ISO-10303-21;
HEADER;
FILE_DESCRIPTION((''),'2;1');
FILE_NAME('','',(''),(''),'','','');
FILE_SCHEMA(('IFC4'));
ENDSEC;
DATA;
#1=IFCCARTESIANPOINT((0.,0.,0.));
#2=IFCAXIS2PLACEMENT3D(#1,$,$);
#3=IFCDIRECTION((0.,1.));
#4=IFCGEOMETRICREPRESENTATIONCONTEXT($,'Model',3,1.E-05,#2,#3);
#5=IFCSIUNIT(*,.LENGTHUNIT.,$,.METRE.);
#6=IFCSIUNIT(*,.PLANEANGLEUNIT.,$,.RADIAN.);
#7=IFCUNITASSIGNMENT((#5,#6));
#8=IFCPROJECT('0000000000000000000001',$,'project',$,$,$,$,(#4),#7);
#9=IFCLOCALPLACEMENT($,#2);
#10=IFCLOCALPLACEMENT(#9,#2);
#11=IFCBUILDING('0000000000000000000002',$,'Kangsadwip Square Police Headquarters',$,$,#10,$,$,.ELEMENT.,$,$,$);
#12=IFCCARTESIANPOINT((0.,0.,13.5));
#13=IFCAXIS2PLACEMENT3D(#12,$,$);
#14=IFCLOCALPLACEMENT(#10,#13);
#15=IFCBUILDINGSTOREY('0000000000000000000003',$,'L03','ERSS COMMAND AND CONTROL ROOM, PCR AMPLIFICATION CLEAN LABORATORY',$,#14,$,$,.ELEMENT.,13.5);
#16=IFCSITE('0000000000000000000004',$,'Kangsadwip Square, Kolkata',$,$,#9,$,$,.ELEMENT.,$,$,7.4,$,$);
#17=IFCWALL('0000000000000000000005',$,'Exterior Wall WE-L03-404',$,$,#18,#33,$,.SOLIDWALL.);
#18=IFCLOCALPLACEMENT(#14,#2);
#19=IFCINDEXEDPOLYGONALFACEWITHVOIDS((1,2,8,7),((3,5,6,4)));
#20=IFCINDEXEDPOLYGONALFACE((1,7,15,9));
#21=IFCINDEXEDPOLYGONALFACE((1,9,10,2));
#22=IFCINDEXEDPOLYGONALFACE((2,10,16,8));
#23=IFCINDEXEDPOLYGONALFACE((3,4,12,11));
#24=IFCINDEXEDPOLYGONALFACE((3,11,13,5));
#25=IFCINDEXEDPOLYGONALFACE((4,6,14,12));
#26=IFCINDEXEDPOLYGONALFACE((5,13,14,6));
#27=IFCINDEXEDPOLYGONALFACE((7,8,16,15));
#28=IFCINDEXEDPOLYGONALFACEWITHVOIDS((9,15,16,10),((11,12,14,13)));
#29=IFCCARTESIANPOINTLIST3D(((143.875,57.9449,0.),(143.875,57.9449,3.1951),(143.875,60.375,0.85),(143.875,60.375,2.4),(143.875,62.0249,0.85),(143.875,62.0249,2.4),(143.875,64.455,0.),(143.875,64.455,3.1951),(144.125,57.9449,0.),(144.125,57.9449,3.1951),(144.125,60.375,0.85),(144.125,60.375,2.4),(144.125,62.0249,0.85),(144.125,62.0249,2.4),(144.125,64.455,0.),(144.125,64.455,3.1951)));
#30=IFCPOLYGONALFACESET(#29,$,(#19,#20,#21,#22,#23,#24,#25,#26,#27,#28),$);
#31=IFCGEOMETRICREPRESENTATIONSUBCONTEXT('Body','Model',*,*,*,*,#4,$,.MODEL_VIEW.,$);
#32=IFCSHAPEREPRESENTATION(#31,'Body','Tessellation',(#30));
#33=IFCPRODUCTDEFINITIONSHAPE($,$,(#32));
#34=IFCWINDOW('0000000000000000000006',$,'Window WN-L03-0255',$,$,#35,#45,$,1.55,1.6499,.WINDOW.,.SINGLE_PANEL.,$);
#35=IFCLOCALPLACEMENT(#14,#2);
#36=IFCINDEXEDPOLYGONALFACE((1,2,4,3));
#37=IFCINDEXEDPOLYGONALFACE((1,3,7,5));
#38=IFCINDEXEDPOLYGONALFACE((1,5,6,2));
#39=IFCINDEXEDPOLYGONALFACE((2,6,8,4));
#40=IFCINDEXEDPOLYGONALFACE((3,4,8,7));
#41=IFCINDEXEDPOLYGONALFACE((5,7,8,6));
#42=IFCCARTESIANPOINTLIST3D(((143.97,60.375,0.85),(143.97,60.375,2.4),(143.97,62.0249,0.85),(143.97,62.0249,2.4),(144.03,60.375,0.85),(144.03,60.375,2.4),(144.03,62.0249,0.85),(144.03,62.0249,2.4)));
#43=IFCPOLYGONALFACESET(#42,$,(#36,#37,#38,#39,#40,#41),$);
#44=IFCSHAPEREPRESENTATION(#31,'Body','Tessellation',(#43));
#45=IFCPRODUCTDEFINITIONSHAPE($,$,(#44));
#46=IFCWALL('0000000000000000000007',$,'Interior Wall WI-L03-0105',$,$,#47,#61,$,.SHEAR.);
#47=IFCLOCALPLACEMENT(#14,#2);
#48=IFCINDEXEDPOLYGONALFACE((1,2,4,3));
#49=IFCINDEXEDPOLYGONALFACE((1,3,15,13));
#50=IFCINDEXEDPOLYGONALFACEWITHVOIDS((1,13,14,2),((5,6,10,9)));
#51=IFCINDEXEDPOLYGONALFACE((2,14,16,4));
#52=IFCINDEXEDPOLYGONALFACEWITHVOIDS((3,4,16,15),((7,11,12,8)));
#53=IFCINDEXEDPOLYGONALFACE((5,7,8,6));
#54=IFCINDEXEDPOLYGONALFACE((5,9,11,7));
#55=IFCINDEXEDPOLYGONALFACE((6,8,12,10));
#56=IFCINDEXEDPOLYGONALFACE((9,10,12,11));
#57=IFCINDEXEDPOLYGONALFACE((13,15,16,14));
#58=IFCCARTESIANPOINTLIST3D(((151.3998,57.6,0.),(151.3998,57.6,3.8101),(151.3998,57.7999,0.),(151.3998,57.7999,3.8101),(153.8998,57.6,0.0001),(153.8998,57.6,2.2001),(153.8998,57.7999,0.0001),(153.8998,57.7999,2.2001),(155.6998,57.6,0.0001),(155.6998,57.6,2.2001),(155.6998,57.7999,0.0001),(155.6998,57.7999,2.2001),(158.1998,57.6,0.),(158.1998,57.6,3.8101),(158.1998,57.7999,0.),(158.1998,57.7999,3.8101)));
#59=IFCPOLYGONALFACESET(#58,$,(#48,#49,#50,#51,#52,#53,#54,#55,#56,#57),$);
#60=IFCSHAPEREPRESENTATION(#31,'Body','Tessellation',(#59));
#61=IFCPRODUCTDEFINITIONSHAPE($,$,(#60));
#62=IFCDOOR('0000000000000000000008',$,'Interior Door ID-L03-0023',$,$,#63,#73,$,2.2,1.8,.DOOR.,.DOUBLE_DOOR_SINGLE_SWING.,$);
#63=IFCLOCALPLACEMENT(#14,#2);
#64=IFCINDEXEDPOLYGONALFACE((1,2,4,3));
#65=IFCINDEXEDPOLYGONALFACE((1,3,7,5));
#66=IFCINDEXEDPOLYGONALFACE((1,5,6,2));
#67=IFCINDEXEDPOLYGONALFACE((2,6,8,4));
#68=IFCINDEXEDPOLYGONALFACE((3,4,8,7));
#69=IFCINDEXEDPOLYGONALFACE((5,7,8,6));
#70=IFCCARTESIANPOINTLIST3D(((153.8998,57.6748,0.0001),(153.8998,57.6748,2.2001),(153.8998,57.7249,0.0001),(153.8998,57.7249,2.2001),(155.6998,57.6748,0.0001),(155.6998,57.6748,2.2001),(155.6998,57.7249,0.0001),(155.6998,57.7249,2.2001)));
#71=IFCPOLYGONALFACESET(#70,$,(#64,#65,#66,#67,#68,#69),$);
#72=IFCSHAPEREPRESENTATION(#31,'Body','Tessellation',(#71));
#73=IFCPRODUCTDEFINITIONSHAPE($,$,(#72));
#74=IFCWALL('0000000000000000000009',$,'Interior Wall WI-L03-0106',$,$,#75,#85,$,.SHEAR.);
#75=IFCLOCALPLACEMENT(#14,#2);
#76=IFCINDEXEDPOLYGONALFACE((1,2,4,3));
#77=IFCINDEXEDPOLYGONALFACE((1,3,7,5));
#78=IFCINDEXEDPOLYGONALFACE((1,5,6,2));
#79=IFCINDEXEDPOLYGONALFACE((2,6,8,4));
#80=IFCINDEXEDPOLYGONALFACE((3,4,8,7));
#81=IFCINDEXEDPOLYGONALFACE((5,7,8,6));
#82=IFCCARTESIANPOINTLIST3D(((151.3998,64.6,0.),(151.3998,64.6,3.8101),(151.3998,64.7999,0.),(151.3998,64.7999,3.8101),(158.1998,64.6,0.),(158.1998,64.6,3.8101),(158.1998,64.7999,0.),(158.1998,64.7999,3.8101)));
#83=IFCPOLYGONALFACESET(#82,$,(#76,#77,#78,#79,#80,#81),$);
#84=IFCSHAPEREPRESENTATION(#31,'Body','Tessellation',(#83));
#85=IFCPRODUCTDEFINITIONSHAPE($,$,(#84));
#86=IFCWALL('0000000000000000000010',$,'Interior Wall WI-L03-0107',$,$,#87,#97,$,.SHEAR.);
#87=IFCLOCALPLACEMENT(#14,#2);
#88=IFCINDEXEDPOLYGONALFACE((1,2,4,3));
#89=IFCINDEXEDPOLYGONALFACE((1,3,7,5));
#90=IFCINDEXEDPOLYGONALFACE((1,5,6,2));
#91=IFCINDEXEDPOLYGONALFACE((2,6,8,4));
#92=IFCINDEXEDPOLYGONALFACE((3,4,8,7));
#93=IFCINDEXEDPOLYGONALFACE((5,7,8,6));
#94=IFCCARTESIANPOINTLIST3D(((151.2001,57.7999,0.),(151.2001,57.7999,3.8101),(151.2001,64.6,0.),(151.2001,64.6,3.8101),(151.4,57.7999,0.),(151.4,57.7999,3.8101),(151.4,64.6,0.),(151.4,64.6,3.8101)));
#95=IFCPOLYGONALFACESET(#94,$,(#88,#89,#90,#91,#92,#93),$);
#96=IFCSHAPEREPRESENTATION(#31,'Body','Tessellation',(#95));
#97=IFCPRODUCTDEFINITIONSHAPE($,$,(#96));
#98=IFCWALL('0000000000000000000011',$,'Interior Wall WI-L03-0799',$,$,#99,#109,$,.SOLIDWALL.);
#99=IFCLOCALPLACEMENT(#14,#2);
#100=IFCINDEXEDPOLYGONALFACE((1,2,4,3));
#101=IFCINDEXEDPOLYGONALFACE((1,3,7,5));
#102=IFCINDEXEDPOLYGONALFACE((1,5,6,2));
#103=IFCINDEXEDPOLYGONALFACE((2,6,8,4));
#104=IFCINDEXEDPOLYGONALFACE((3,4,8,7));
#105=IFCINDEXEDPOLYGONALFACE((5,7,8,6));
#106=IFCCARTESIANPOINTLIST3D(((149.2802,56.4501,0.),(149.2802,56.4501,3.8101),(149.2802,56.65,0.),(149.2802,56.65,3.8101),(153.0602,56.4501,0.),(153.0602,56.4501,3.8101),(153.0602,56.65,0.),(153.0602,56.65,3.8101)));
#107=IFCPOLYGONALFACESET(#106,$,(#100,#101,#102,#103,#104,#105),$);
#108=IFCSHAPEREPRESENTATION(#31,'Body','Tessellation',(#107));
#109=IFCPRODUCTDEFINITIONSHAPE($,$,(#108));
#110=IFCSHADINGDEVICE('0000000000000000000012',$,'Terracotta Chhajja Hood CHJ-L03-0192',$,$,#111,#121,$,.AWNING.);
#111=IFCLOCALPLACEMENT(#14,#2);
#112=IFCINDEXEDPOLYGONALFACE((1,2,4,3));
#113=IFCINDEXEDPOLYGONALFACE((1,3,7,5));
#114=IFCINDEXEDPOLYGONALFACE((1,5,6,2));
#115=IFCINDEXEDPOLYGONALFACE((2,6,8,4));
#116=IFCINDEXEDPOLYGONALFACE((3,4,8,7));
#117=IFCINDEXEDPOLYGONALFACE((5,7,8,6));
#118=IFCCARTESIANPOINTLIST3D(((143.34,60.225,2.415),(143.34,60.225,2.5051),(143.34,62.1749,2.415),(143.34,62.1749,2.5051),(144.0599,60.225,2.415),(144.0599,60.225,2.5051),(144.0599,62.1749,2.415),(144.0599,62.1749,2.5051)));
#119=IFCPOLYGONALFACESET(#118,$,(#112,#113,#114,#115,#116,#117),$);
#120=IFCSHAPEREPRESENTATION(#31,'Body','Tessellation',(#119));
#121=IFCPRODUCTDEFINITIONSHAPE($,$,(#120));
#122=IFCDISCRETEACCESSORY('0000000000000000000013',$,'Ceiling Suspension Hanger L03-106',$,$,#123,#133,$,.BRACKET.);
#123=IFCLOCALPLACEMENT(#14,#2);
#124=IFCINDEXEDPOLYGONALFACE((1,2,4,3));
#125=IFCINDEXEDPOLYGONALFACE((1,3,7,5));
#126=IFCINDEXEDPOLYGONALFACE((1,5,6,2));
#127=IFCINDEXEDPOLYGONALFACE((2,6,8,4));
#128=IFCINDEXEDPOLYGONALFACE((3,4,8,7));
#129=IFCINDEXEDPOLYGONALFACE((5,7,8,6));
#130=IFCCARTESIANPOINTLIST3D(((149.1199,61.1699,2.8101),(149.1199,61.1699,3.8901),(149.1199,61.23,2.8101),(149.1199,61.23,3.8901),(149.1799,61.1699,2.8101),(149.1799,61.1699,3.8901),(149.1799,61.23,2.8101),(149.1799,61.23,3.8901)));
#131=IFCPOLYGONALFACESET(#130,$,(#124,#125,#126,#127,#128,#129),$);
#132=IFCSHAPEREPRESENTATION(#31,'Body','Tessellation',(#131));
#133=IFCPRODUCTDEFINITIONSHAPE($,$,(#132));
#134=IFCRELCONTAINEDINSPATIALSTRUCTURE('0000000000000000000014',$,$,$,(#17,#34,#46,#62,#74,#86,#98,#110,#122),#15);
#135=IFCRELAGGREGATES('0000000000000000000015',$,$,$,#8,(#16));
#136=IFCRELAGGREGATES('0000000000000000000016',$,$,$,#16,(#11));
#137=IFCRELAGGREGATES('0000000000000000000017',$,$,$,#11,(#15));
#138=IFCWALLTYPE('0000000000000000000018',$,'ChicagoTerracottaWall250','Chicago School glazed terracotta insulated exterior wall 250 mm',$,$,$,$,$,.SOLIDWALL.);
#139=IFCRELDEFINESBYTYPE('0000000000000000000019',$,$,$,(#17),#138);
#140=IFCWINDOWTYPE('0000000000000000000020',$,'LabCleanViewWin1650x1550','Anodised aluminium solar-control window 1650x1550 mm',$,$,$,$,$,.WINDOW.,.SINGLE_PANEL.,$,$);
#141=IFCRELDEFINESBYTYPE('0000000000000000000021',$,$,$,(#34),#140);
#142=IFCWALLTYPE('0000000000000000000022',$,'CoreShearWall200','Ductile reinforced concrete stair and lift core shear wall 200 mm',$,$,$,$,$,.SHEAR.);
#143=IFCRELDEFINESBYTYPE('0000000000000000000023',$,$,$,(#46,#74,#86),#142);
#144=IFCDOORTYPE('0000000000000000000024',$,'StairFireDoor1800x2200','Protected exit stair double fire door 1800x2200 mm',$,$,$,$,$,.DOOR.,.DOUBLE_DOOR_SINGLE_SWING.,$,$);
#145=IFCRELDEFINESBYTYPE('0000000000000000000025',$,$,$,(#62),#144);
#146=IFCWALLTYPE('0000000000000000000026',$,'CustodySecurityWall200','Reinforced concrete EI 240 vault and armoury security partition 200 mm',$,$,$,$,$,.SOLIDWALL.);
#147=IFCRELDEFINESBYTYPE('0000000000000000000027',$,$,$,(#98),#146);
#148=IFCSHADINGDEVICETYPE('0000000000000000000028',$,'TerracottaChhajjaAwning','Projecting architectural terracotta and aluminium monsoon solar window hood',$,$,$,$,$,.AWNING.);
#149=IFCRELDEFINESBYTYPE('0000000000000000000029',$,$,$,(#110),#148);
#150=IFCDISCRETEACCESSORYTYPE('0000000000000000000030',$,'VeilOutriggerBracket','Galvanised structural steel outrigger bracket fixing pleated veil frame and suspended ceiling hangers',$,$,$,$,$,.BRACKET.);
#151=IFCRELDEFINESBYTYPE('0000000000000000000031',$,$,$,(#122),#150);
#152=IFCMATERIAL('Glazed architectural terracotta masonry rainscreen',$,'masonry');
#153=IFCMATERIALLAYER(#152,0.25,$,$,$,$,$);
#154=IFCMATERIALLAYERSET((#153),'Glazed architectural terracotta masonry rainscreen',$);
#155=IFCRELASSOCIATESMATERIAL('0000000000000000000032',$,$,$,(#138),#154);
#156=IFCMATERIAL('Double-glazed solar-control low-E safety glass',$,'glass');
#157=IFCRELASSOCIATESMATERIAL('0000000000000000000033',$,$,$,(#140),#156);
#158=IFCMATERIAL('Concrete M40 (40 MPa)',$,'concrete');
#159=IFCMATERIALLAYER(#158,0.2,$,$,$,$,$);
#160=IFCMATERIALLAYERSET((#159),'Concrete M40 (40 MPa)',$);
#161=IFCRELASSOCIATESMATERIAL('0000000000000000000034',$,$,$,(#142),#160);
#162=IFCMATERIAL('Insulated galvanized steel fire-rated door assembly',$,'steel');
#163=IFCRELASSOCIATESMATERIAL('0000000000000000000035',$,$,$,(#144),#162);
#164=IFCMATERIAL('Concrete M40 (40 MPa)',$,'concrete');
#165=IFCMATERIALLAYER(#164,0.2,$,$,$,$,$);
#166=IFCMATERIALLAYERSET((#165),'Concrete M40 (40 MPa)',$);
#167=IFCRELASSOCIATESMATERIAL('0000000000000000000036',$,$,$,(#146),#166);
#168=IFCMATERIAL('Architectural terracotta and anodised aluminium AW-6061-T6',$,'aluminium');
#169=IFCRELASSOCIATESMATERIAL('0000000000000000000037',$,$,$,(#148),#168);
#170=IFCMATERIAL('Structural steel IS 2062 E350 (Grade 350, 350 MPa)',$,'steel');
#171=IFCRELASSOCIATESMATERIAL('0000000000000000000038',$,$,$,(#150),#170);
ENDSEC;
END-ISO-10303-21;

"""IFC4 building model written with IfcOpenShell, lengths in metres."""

from ifc_helpers import new_model, si_unit, direction, frame, frame_2d, origin, origin_2d, place, context, subcontext, project, spatial, rectangle, extrude, material, layer, layer_set, type_object, element, fill, save


model = new_model("IFC4")

# Units and contexts
model_context = context("Model", 3, precision=1e-05, world=origin(), true_north=direction((0.0, 1.0)))
body_context = subcontext(model_context, "Body", "Model", "MODEL_VIEW")
ifc_project = project(units=[si_unit("LENGTHUNIT", "METRE"), si_unit("PLANEANGLEUNIT", "RADIAN")], contexts=[model_context])

# Site, building, storey
site_placement = place(None, origin())
site = spatial("IfcSite", under=ifc_project, at=site_placement, Name="Kangsadwip Square, Kolkata", CompositionType="ELEMENT", RefElevation=7.4)
building_placement = place(site_placement, origin())
building = spatial("IfcBuilding", under=site, at=building_placement, Name="Kangsadwip Square Police Headquarters", CompositionType="ELEMENT")
storey_placement = place(building_placement, frame((0.0, 0.0, 13.5)))
storey = spatial("IfcBuildingStorey", under=building, at=storey_placement, Name="L03", Description="ERSS COMMAND AND CONTROL ROOM, PCR AMPLIFICATION CLEAN LABORATORY", CompositionType="ELEMENT", Elevation=13.5)

# Wall, opening, window
ifc_material_1 = material(Name="Glazed architectural terracotta masonry rainscreen", Category="masonry")
ifc_layer_1 = layer(ifc_material_1, 0.25)
ifc_layer_set_1 = layer_set([ifc_layer_1], Name="Glazed architectural terracotta masonry rainscreen")
wall_type_1 = type_object("IfcWallType", Name="ChicagoTerracottaWall250", Description="Chicago School glazed terracotta insulated exterior wall 250 mm", PredefinedType="SOLIDWALL", material=ifc_layer_set_1)
wall_1_placement = place(storey_placement, frame((144.0, 57.9451, 0.0), z_axis=(0.0, 0.0, 1.0), x_axis=(0.0, 1.0, 0.0)))
wall_1 = element("IfcWall", 1, at=wall_1_placement, inside=storey, type_object=wall_type_1, Name="Exterior Wall WE-L03-404", PredefinedType="SOLIDWALL", context=body_context, shape_type="SweptSolid", body=[
    extrude(rectangle(XDim=6.51, YDim=0.25, at=frame_2d((3.2549, 0.0))), origin(), (0.0, 0.0, 1.0), 3.1951),
])
opening_1_placement = place(wall_1_placement, frame((2.4299, 0.0, 0.8501)))
opening_1 = element("IfcOpeningElement", 2, at=opening_1_placement, cuts=wall_1, PredefinedType="OPENING", context=body_context, shape_type="SweptSolid", body=[
    extrude(rectangle(XDim=1.6499, YDim=1.55, at=frame_2d((0.825, 0.7749))), frame((0.0, 0.135, 0.0), z_axis=(0.0, -1.0, 0.0), x_axis=(1.0, 0.0, 0.0)), (0.0, 0.0, 1.0), 0.27),
])
ifc_material_2 = material(Name="Double-glazed solar-control low-E safety glass", Category="glass")
window_type = type_object("IfcWindowType", Name="LabCleanViewWin1650x1550", Description="Anodised aluminium solar-control window 1650x1550 mm", PartitioningType="SINGLE_PANEL", PredefinedType="WINDOW", material=ifc_material_2)
window_placement = place(opening_1_placement, origin())
window = element("IfcWindow", 3, at=window_placement, inside=storey, type_object=window_type, Name="Window WN-L03-0255", OverallHeight=1.55, OverallWidth=1.6499, PartitioningType="SINGLE_PANEL", PredefinedType="WINDOW", context=body_context, shape_type="SweptSolid", body=[
    extrude(rectangle(XDim=1.6499, YDim=1.55, at=frame_2d((0.825, 0.7749))), frame((0.0, 0.03, 0.0), z_axis=(0.0, -1.0, 0.0), x_axis=(1.0, 0.0, 0.0)), (0.0, 0.0, 1.0), 0.0601),
])
fill(opening_1, window)

# Wall, opening, door
ifc_material_3 = material(Name="Concrete M40 (40 MPa)", Category="concrete")
ifc_layer_2 = layer(ifc_material_3, 0.2)
ifc_layer_set_2 = layer_set([ifc_layer_2], Name="Concrete M40 (40 MPa)")
wall_type_2 = type_object("IfcWallType", Name="CoreShearWall200", Description="Ductile reinforced concrete stair and lift core shear wall 200 mm", PredefinedType="SHEAR", material=ifc_layer_set_2)
wall_2_placement = place(storey_placement, frame((151.3999, 57.7, 0.0), z_axis=(0.0, 0.0, 1.0), x_axis=(1.0, 0.0, 0.0)))
wall_2 = element("IfcWall", 4, at=wall_2_placement, inside=storey, type_object=wall_type_2, Name="Interior Wall WI-L03-0105", PredefinedType="SHEAR", context=body_context, shape_type="SweptSolid", body=[
    extrude(rectangle(XDim=6.8, YDim=0.2, at=frame_2d((3.3999, 0.0))), origin(), (0.0, 0.0, 1.0), 3.8101),
])
opening_2_placement = place(wall_2_placement, frame((2.5, 0.0, 0.0)))
opening_2 = element("IfcOpeningElement", 5, at=opening_2_placement, cuts=wall_2, PredefinedType="OPENING", context=body_context, shape_type="SweptSolid", body=[
    extrude(rectangle(XDim=1.8, YDim=2.2, at=frame_2d((0.8999, 1.1001))), frame((0.0, 0.1099, 0.0), z_axis=(0.0, -1.0, 0.0), x_axis=(1.0, 0.0, 0.0)), (0.0, 0.0, 1.0), 0.22),
])
ifc_material_4 = material(Name="Insulated galvanized steel fire-rated door assembly", Category="steel")
door_type_1 = type_object("IfcDoorType", Name="StairFireDoor1800x2200", Description="Protected exit stair double fire door 1800x2200 mm", OperationType="DOUBLE_DOOR_SINGLE_SWING", PredefinedType="DOOR", material=ifc_material_4)
door_1_placement = place(opening_2_placement, origin())
door_1 = element("IfcDoor", 6, at=door_1_placement, inside=storey, type_object=door_type_1, Name="Interior Door ID-L03-0023", OperationType="DOUBLE_DOOR_SINGLE_SWING", OverallHeight=2.2, OverallWidth=1.8, PredefinedType="DOOR", context=body_context, shape_type="SweptSolid", body=[
    extrude(rectangle(XDim=1.8, YDim=2.2, at=frame_2d((0.8999, 1.1001))), frame((0.0, 0.0249, 0.0), z_axis=(0.0, -1.0, 0.0), x_axis=(1.0, 0.0, 0.0)), (0.0, 0.0, 1.0), 0.05),
])
fill(opening_2, door_1)

# Walls
for number, where, z_axis, x_axis, name in (
    (7, (151.3999, 64.7, 0.0), (0.0, 0.0, 1.0), (1.0, 0.0, 0.0), "Interior Wall WI-L03-0106"),
    (8, (151.3, 57.8, 0.0), (0.0, 0.0, 1.0), (0.0, 1.0, 0.0), "Interior Wall WI-L03-0107"),
):
    element("IfcWall", number, at=place(storey_placement, frame(where, z_axis=z_axis, x_axis=x_axis)), inside=storey, type_object=wall_type_2, Name=name, PredefinedType="SHEAR", context=body_context, shape_type="SweptSolid", body=[
        extrude(rectangle(XDim=6.8, YDim=0.2, at=frame_2d((3.3999, 0.0))), origin(), (0.0, 0.0, 1.0), 3.8101),
    ])
ifc_material_5 = material(Name="Concrete M40 (40 MPa)", Category="concrete")
ifc_layer_3 = layer(ifc_material_5, 0.2)
ifc_layer_set_3 = layer_set([ifc_layer_3], Name="Concrete M40 (40 MPa)")
wall_type_3 = type_object("IfcWallType", Name="CustodySecurityWall200", Description="Reinforced concrete EI 240 vault and armoury security partition 200 mm", PredefinedType="SOLIDWALL", material=ifc_layer_set_3)
wall_3_placement = place(storey_placement, frame((149.28, 56.55, 0.0), z_axis=(0.0, 0.0, 1.0), x_axis=(1.0, 0.0, 0.0)))
element("IfcWall", 9, at=wall_3_placement, inside=storey, type_object=wall_type_3, Name="Interior Wall WI-L03-0799", PredefinedType="SOLIDWALL", context=body_context, shape_type="SweptSolid", body=[
    extrude(rectangle(XDim=3.78, YDim=0.2, at=frame_2d((1.8901, 0.0))), origin(), (0.0, 0.0, 1.0), 3.8101),
])

# Shading device
ifc_material_6 = material(Name="Architectural terracotta and anodised aluminium AW-6061-T6", Category="aluminium")
shading_device_type = type_object("IfcShadingDeviceType", Name="TerracottaChhajjaAwning", Description="Projecting architectural terracotta and aluminium monsoon solar window hood", PredefinedType="AWNING", material=ifc_material_6)
shading_device_placement = place(storey_placement, frame((143.7, 61.2, 2.415), z_axis=(0.0, 0.0, 1.0), x_axis=(0.0, 1.0, 0.0)))
element("IfcShadingDevice", 10, at=shading_device_placement, inside=storey, type_object=shading_device_type, Name="Terracotta Chhajja Hood CHJ-L03-0192", PredefinedType="AWNING", context=body_context, shape_type="SweptSolid", body=[
    extrude(rectangle(XDim=1.95, YDim=0.72, at=origin_2d()), origin(), (0.0, 0.0, 1.0), 0.0901),
])

# Discrete accessory
ifc_material_7 = material(Name="Structural steel IS 2062 E350 (Grade 350, 350 MPa)", Category="steel")
discrete_accessory_type = type_object("IfcDiscreteAccessoryType", Name="VeilOutriggerBracket", Description="Galvanised structural steel outrigger bracket fixing pleated veil frame and suspended ceiling hangers", PredefinedType="BRACKET", material=ifc_material_7)
discrete_accessory_placement = place(storey_placement, frame((149.1499, 61.2, 2.8101), z_axis=(0.0, 0.0, 1.0), x_axis=(1.0, 0.0, 0.0)))
element("IfcDiscreteAccessory", 11, at=discrete_accessory_placement, inside=storey, type_object=discrete_accessory_type, Name="Ceiling Suspension Hanger L03-106", PredefinedType="BRACKET", context=body_context, shape_type="SweptSolid", body=[
    extrude(rectangle(XDim=0.0601, YDim=0.0601, at=origin_2d()), origin(), (0.0, 0.0, 1.0), 1.0801),
])

save(model, "model.ifc")
